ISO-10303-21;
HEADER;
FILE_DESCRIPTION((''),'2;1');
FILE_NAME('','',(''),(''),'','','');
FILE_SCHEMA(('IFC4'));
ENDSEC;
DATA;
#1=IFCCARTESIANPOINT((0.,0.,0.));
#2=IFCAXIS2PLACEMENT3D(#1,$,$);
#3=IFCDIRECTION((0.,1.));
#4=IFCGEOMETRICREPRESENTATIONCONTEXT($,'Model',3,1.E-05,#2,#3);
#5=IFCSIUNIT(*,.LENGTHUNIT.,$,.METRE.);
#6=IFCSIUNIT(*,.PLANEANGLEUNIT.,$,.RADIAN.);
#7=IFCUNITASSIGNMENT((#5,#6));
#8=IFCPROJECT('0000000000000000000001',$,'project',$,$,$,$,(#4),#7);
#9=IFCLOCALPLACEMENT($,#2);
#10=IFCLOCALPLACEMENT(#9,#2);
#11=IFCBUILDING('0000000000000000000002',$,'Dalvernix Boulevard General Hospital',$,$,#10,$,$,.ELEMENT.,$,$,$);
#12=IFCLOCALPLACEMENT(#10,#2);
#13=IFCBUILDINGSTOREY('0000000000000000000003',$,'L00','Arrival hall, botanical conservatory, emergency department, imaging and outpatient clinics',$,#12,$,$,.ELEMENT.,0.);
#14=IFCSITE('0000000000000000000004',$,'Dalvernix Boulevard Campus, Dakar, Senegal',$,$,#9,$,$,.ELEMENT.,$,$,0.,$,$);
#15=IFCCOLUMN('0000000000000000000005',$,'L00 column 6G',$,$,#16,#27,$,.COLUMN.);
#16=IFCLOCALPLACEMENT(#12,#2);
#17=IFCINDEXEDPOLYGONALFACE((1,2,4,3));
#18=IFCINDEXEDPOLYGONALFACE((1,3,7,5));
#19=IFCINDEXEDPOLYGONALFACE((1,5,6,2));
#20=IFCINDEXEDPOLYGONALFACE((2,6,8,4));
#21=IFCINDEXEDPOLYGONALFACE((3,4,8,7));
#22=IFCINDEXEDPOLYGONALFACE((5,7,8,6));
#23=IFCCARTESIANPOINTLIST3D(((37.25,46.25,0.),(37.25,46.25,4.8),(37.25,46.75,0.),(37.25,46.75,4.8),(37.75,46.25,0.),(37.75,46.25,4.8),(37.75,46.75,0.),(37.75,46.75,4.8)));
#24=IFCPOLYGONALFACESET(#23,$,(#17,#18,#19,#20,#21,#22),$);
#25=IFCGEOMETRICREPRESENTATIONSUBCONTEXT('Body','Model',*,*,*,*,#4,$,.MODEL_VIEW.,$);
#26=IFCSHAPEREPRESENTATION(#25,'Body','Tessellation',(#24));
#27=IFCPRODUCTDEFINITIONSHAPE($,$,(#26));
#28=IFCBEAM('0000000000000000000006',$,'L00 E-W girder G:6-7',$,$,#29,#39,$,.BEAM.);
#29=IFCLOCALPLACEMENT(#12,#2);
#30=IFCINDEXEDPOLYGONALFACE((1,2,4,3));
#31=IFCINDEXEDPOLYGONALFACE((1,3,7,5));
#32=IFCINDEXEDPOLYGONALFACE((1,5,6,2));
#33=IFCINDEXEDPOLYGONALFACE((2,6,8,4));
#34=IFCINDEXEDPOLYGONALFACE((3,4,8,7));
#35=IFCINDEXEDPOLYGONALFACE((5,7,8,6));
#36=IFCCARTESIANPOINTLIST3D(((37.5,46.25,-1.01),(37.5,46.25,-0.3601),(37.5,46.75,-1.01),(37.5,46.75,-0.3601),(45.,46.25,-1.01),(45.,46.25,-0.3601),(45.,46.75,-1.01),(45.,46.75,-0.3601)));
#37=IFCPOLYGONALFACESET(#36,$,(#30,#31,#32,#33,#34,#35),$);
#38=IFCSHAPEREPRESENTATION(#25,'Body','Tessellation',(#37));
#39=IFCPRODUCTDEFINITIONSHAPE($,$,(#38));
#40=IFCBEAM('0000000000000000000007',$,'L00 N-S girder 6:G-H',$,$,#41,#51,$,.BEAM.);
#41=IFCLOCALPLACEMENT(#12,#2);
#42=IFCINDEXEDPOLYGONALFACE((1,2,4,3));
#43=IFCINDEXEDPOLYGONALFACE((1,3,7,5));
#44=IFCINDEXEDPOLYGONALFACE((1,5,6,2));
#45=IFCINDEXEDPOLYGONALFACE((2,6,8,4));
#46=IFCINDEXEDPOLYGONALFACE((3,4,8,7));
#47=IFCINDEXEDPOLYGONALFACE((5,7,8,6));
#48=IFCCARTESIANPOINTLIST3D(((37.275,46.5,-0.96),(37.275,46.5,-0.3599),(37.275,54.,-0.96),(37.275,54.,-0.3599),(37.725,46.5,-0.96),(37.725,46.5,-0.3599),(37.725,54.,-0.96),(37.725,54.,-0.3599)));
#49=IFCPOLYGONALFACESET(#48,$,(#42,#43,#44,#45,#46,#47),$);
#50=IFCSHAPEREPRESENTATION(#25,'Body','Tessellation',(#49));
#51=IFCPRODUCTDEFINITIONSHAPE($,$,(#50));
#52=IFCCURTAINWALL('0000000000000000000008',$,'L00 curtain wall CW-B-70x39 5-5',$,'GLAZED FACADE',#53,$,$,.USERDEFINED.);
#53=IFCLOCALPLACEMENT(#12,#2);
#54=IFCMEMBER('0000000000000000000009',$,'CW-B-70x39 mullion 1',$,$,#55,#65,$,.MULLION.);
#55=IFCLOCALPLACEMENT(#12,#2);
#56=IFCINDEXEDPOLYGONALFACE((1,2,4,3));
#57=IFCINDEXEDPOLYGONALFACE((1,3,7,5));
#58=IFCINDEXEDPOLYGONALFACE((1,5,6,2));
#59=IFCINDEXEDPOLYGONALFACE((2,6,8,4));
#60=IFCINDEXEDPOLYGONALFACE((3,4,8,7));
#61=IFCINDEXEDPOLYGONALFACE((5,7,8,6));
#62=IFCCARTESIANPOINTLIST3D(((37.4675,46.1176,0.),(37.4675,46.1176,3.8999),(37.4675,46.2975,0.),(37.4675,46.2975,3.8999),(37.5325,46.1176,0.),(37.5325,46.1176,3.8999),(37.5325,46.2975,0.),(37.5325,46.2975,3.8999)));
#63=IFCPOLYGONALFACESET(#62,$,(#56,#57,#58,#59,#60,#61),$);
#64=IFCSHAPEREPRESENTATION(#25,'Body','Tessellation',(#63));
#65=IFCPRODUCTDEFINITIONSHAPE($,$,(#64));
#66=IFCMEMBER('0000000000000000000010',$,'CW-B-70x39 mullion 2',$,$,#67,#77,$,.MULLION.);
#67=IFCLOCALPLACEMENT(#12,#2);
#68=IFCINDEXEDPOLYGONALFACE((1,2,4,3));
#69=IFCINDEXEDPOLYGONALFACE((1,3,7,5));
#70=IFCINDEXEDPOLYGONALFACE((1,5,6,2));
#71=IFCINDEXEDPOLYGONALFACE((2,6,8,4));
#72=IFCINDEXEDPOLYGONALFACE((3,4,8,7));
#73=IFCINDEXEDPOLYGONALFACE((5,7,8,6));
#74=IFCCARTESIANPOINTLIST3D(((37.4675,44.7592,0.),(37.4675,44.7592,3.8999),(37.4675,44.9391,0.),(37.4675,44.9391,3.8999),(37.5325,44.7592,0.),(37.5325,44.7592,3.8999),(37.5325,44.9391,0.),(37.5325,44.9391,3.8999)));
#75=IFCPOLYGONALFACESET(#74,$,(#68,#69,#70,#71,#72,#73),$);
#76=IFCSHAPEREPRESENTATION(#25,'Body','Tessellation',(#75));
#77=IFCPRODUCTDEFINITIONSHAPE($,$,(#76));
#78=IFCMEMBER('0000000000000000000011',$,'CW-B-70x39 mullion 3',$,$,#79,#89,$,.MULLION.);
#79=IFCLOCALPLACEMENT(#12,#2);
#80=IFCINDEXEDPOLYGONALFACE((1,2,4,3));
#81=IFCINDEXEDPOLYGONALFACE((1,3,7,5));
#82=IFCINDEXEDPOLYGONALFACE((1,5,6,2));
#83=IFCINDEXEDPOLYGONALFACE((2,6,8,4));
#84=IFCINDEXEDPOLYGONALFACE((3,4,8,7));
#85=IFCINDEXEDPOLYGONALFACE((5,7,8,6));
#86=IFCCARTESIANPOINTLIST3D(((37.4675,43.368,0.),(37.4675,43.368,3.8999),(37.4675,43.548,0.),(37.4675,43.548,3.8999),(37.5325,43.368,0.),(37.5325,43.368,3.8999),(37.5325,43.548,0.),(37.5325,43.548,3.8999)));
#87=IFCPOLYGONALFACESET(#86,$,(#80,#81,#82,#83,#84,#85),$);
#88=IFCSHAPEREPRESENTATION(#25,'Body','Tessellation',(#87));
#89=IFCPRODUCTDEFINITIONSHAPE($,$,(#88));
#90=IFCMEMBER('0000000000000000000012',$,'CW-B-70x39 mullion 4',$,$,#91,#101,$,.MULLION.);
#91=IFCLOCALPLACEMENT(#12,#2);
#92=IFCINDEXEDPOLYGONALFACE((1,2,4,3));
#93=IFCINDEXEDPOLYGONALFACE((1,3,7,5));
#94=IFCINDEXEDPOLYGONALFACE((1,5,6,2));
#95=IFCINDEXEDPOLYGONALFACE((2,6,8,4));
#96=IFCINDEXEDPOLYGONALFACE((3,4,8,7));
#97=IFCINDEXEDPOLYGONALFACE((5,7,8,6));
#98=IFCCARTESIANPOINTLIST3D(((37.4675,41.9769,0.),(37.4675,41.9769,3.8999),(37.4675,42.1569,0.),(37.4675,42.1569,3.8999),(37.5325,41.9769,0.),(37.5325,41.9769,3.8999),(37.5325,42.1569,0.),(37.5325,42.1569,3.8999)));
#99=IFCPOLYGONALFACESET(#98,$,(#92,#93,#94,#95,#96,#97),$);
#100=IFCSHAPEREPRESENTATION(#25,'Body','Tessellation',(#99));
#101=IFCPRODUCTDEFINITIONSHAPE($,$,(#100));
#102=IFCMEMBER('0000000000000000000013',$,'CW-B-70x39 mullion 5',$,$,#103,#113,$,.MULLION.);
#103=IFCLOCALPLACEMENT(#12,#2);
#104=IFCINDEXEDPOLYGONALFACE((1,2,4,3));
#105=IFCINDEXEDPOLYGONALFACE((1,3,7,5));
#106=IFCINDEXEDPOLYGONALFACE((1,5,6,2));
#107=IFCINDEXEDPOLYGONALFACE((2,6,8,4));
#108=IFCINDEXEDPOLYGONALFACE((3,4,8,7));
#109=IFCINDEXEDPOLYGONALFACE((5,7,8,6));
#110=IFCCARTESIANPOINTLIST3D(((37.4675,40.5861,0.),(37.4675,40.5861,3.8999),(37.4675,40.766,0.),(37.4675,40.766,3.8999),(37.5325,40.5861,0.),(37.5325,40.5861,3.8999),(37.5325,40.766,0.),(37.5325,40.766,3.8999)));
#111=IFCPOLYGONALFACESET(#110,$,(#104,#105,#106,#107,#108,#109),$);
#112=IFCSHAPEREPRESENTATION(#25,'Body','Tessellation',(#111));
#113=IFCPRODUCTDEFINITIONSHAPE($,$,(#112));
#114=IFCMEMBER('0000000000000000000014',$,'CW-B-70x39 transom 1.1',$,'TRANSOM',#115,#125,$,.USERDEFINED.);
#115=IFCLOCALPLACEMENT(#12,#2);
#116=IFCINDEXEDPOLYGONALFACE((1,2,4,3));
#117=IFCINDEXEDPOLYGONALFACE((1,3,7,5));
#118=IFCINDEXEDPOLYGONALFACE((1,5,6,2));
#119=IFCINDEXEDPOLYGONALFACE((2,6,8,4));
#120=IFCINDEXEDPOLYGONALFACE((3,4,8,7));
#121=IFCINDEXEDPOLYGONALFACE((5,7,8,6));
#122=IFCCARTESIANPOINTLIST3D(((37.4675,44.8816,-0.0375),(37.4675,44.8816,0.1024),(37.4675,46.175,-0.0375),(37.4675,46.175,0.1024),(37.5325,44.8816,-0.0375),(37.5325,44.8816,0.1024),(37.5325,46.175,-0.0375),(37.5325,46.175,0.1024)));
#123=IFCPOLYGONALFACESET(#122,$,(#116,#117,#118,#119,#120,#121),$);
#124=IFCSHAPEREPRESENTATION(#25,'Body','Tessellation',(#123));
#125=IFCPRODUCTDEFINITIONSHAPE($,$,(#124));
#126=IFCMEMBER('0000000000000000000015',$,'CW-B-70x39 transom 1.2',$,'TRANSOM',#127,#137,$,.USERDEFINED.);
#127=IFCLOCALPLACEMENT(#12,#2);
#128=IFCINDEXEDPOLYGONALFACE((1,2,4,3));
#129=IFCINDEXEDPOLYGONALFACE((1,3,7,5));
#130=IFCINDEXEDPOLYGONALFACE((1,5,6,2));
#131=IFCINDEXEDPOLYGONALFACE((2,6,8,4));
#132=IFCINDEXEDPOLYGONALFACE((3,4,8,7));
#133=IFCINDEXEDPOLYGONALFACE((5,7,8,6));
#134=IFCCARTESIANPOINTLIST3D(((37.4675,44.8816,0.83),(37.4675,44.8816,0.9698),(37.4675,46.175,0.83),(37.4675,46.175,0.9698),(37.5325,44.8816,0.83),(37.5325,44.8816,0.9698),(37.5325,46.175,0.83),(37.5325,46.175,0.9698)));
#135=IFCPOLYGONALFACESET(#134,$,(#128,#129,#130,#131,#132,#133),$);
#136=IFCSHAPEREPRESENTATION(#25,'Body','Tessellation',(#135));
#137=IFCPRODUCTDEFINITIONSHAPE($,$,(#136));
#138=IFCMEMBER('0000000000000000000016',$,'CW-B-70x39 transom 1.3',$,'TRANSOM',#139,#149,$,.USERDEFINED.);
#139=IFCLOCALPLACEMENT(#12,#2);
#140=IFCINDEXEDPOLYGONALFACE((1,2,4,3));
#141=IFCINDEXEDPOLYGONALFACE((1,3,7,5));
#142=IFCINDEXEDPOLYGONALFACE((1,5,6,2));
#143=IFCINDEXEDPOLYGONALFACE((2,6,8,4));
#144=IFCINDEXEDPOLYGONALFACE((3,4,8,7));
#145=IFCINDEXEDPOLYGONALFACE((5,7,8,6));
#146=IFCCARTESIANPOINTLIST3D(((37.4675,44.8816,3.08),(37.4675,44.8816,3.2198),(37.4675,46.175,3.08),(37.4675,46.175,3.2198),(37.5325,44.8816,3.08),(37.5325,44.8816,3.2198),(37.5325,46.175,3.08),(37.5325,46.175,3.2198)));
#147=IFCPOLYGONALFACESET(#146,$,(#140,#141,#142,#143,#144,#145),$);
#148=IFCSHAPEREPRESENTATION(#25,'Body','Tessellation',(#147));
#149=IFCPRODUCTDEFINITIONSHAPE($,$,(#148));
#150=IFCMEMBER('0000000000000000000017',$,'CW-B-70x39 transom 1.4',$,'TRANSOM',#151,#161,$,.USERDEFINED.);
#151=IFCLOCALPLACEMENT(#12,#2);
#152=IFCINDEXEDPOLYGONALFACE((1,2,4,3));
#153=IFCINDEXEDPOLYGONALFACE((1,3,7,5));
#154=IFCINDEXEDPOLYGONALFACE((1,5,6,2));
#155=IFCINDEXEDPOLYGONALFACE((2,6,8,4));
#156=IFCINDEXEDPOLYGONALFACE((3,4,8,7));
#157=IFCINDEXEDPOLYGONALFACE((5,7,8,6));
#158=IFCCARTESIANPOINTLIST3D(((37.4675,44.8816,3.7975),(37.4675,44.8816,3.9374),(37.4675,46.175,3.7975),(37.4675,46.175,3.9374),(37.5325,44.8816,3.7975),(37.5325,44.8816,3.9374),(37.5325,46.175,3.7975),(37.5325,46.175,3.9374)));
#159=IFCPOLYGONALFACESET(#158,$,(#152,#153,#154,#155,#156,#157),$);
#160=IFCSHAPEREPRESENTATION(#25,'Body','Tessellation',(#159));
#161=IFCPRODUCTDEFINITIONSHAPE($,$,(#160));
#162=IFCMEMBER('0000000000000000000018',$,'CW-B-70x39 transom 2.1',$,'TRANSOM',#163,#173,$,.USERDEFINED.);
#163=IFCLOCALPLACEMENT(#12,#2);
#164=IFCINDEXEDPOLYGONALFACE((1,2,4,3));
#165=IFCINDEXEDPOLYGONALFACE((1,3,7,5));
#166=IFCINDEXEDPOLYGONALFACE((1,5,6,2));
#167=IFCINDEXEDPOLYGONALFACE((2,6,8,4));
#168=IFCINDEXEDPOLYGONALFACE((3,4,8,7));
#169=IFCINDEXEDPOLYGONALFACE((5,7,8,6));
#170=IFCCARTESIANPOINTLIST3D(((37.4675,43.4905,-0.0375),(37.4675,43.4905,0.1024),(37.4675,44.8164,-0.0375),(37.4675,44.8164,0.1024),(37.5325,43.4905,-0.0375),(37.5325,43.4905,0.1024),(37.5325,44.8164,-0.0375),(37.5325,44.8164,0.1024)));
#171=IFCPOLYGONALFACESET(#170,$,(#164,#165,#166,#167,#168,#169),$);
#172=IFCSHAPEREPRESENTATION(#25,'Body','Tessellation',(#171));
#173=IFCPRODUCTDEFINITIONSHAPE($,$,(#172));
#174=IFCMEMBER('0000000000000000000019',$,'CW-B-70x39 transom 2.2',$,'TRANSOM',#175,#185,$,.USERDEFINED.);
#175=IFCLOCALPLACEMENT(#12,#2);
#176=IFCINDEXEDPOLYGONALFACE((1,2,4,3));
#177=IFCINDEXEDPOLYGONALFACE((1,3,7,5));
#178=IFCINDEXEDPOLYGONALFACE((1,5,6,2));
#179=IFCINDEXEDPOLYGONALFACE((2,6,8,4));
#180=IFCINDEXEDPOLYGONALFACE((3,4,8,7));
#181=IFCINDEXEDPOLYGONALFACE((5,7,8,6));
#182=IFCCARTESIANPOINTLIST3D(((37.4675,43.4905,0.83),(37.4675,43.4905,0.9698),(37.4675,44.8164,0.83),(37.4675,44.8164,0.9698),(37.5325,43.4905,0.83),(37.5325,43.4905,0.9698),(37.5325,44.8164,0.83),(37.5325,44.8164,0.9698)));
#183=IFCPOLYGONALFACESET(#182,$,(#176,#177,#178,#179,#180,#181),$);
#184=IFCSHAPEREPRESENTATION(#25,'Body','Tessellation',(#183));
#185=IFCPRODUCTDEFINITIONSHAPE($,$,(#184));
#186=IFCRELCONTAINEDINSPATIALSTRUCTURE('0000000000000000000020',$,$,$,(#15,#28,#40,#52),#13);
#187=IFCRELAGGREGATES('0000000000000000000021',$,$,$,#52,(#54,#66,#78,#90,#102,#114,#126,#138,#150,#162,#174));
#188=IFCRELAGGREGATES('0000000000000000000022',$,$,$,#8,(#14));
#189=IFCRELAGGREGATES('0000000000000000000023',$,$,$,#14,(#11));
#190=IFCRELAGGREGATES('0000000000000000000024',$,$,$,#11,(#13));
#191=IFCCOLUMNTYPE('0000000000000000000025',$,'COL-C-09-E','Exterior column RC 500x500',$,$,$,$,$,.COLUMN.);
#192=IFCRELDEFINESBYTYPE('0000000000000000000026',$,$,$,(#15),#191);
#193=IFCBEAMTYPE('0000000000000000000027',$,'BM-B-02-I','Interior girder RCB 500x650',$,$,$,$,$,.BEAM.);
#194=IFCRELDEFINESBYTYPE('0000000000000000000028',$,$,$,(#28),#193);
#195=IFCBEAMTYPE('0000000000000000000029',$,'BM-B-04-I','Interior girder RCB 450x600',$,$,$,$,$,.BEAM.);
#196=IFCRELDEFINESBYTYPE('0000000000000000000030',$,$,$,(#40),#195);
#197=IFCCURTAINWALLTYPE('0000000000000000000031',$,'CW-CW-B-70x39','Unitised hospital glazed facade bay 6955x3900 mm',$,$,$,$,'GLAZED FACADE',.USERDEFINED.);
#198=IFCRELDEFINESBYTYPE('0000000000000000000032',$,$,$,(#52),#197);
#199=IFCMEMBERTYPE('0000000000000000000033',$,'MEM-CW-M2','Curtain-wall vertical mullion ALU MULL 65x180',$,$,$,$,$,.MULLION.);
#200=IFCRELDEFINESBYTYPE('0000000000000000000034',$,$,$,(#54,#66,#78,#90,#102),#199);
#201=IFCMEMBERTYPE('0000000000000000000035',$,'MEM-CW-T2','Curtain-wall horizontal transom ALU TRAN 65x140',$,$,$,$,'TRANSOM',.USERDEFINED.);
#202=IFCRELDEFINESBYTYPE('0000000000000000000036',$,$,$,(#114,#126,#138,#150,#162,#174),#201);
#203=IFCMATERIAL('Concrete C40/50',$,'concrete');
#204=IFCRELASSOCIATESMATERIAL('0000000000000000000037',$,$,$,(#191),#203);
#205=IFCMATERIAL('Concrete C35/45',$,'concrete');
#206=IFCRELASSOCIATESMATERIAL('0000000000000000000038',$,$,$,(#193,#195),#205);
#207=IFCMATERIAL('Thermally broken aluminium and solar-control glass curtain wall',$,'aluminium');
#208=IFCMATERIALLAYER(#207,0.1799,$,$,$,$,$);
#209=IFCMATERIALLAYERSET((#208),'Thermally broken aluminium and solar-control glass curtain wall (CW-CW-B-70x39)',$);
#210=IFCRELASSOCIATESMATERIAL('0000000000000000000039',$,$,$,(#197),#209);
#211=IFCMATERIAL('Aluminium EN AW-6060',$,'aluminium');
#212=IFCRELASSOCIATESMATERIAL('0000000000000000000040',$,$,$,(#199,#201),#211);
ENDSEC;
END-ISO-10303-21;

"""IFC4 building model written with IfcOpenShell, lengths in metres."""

from ifc_helpers import new_model, si_unit, direction, frame, origin, origin_2d, place, context, subcontext, project, spatial, rectangle, extrude, material, layer, layer_set, material_profile, profile_set, type_object, element, aggregate, save


model = new_model("IFC4")

# Units and contexts
model_context = context("Model", 3, precision=1e-05, world=origin(), true_north=direction((0.0, 1.0)))
body_context = subcontext(model_context, "Body", "Model", "MODEL_VIEW")
ifc_project = project(units=[si_unit("LENGTHUNIT", "METRE"), si_unit("PLANEANGLEUNIT", "RADIAN")], contexts=[model_context])

# Site, building, storey
site_placement = place(None, origin())
site = spatial("IfcSite", under=ifc_project, at=site_placement, Name="Dalvernix Boulevard Campus, Dakar, Senegal", CompositionType="ELEMENT", RefElevation=0.0)
building_placement = place(site_placement, origin())
building = spatial("IfcBuilding", under=site, at=building_placement, Name="Dalvernix Boulevard General Hospital", CompositionType="ELEMENT")
storey_placement = place(building_placement, origin())
storey = spatial("IfcBuildingStorey", under=building, at=storey_placement, Name="L00", Description="Arrival hall, botanical conservatory, emergency department, imaging and outpatient clinics", CompositionType="ELEMENT", Elevation=0.0)

# Column
ifc_material_1 = material(Name="Concrete C40/50", Category="concrete")
ifc_material_profile_1 = material_profile(ifc_material_1, rectangle(XDim=0.5, YDim=0.5, at=origin_2d()), Name="RC 500x500")
ifc_profile_set_1 = profile_set([ifc_material_profile_1], Name="Concrete C40/50")
column_type = type_object("IfcColumnType", Name="COL-C-09-E", Description="Exterior column RC 500x500", PredefinedType="COLUMN", material=ifc_profile_set_1)
column_placement = place(storey_placement, frame((37.5, 46.5, 0.0), z_axis=(0.0, 0.0, 1.0), x_axis=(1.0, 0.0, 0.0)))
element("IfcColumn", 1, at=column_placement, inside=storey, type_object=column_type, Name="L00 column 6G", PredefinedType="COLUMN", context=body_context, shape_type="SweptSolid", body=[
    extrude(rectangle(XDim=0.5, YDim=0.5, at=origin_2d()), origin(), (0.0, 0.0, 1.0), 4.8),
])

# Beams
ifc_material_2 = material(Name="Concrete C35/45", Category="concrete")
ifc_material_profile_2 = material_profile(ifc_material_2, rectangle(XDim=0.5, YDim=0.6499, at=origin_2d()), Name="RCB 500x650")
ifc_profile_set_2 = profile_set([ifc_material_profile_2], Name="Concrete C35/45")
beam_type_1 = type_object("IfcBeamType", Name="BM-B-02-I", Description="Interior girder RCB 500x650", PredefinedType="BEAM", material=ifc_profile_set_2)
beam_1_placement = place(storey_placement, frame((37.5, 46.5, -0.6851), z_axis=(1.0, 0.0, 0.0), x_axis=(0.0, 1.0, 0.0)))
element("IfcBeam", 2, at=beam_1_placement, inside=storey, type_object=beam_type_1, Name="L00 E-W girder G:6-7", PredefinedType="BEAM", context=body_context, shape_type="SweptSolid", body=[
    extrude(rectangle(XDim=0.5, YDim=0.6499, at=origin_2d()), origin(), (0.0, 0.0, 1.0), 7.5),
])
ifc_material_profile_3 = material_profile(ifc_material_2, rectangle(XDim=0.45, YDim=0.6001, at=origin_2d()), Name="RCB 450x600")
ifc_profile_set_3 = profile_set([ifc_material_profile_3], Name="Concrete C35/45")
beam_type_2 = type_object("IfcBeamType", Name="BM-B-04-I", Description="Interior girder RCB 450x600", PredefinedType="BEAM", material=ifc_profile_set_3)
beam_2_placement = place(storey_placement, frame((37.5, 46.5, -0.6599), z_axis=(0.0, 1.0, 0.0), x_axis=(-1.0, 0.0, 0.0)))
element("IfcBeam", 3, at=beam_2_placement, inside=storey, type_object=beam_type_2, Name="L00 N-S girder 6:G-H", PredefinedType="BEAM", context=body_context, shape_type="SweptSolid", body=[
    extrude(rectangle(XDim=0.45, YDim=0.6001, at=origin_2d()), origin(), (0.0, 0.0, 1.0), 7.5),
])

# Curtain wall, members
ifc_material_3 = material(Name="Thermally broken aluminium and solar-control glass curtain wall", Category="aluminium")
ifc_layer_1 = layer(ifc_material_3, 0.1799)
ifc_layer_set_1 = layer_set([ifc_layer_1], Name="Thermally broken aluminium and solar-control glass curtain wall (CW-CW-B-70x39)")
curtain_wall_type = type_object("IfcCurtainWallType", Name="CW-CW-B-70x39", Description="Unitised hospital glazed facade bay 6955x3900 mm", ElementType="GLAZED FACADE", PredefinedType="USERDEFINED", material=ifc_layer_set_1)
curtain_wall_placement = place(storey_placement, origin())
curtain_wall = element("IfcCurtainWall", 4, at=curtain_wall_placement, inside=storey, type_object=curtain_wall_type, Name="L00 curtain wall CW-B-70x39 5-5", ObjectType="GLAZED FACADE", PredefinedType="USERDEFINED")
ifc_material_4 = material(Name="Aluminium EN AW-6060", Category="aluminium")
ifc_material_profile_4 = material_profile(ifc_material_4, rectangle(XDim=0.0649, YDim=0.1799, at=origin_2d()), Name="ALU MULL 65x180")
ifc_profile_set_4 = profile_set([ifc_material_profile_4], Name="Aluminium EN AW-6060")
member_type_1 = type_object("IfcMemberType", Name="MEM-CW-M2", Description="Curtain-wall vertical mullion ALU MULL 65x180", PredefinedType="MULLION", material=ifc_profile_set_4)
member_1_placement = place(storey_placement, frame((37.5, 46.2075, 0.0), z_axis=(0.0, 0.0, 1.0), x_axis=(1.0, 0.0, 0.0)))
member_1 = element("IfcMember", 5, at=member_1_placement, type_object=member_type_1, Name="CW-B-70x39 mullion 1", PredefinedType="MULLION", context=body_context, shape_type="SweptSolid", body=[
    extrude(rectangle(XDim=0.0649, YDim=0.1799, at=origin_2d()), origin(), (0.0, 0.0, 1.0), 3.8999),
])
member_2_placement = place(storey_placement, frame((37.5, 44.8491, 0.0), z_axis=(0.0, 0.0, 1.0), x_axis=(1.0, 0.0, 0.0)))
member_2 = element("IfcMember", 6, at=member_2_placement, type_object=member_type_1, Name="CW-B-70x39 mullion 2", PredefinedType="MULLION", context=body_context, shape_type="SweptSolid", body=[
    extrude(rectangle(XDim=0.0649, YDim=0.1799, at=origin_2d()), origin(), (0.0, 0.0, 1.0), 3.8999),
])
member_3_placement = place(storey_placement, frame((37.5, 43.458, 0.0), z_axis=(0.0, 0.0, 1.0), x_axis=(1.0, 0.0, 0.0)))
member_3 = element("IfcMember", 7, at=member_3_placement, type_object=member_type_1, Name="CW-B-70x39 mullion 3", PredefinedType="MULLION", context=body_context, shape_type="SweptSolid", body=[
    extrude(rectangle(XDim=0.0649, YDim=0.1799, at=origin_2d()), origin(), (0.0, 0.0, 1.0), 3.8999),
])
member_4_placement = place(storey_placement, frame((37.5, 42.0669, 0.0), z_axis=(0.0, 0.0, 1.0), x_axis=(1.0, 0.0, 0.0)))
member_4 = element("IfcMember", 8, at=member_4_placement, type_object=member_type_1, Name="CW-B-70x39 mullion 4", PredefinedType="MULLION", context=body_context, shape_type="SweptSolid", body=[
    extrude(rectangle(XDim=0.0649, YDim=0.1799, at=origin_2d()), origin(), (0.0, 0.0, 1.0), 3.8999),
])
member_5_placement = place(storey_placement, frame((37.5, 40.676, 0.0), z_axis=(0.0, 0.0, 1.0), x_axis=(1.0, 0.0, 0.0)))
member_5 = element("IfcMember", 9, at=member_5_placement, type_object=member_type_1, Name="CW-B-70x39 mullion 5", PredefinedType="MULLION", context=body_context, shape_type="SweptSolid", body=[
    extrude(rectangle(XDim=0.0649, YDim=0.1799, at=origin_2d()), origin(), (0.0, 0.0, 1.0), 3.8999),
])
ifc_material_profile_5 = material_profile(ifc_material_4, rectangle(XDim=0.0649, YDim=0.1399, at=origin_2d()), Name="ALU TRAN 65x140")
ifc_profile_set_5 = profile_set([ifc_material_profile_5], Name="Aluminium EN AW-6060")
member_type_2 = type_object("IfcMemberType", Name="MEM-CW-T2", Description="Curtain-wall horizontal transom ALU TRAN 65x140", ElementType="TRANSOM", PredefinedType="USERDEFINED", material=ifc_profile_set_5)
member_6_placement = place(storey_placement, frame((37.5, 46.175, 0.0325), z_axis=(0.0, -1.0, 0.0), x_axis=(1.0, 0.0, 0.0)))
member_6 = element("IfcMember", 10, at=member_6_placement, type_object=member_type_2, Name="CW-B-70x39 transom 1.1", ObjectType="TRANSOM", PredefinedType="USERDEFINED", context=body_context, shape_type="SweptSolid", body=[
    extrude(rectangle(XDim=0.0649, YDim=0.1399, at=origin_2d()), origin(), (0.0, 0.0, 1.0), 1.2935),
])
member_7_placement = place(storey_placement, frame((37.5, 46.175, 0.8999), z_axis=(0.0, -1.0, 0.0), x_axis=(1.0, 0.0, 0.0)))
member_7 = element("IfcMember", 11, at=member_7_placement, type_object=member_type_2, Name="CW-B-70x39 transom 1.2", ObjectType="TRANSOM", PredefinedType="USERDEFINED", context=body_context, shape_type="SweptSolid", body=[
    extrude(rectangle(XDim=0.0649, YDim=0.1399, at=origin_2d()), origin(), (0.0, 0.0, 1.0), 1.2935),
])
member_8_placement = place(storey_placement, frame((37.5, 46.175, 3.1499), z_axis=(0.0, -1.0, 0.0), x_axis=(1.0, 0.0, 0.0)))
member_8 = element("IfcMember", 12, at=member_8_placement, type_object=member_type_2, Name="CW-B-70x39 transom 1.3", ObjectType="TRANSOM", PredefinedType="USERDEFINED", context=body_context, shape_type="SweptSolid", body=[
    extrude(rectangle(XDim=0.0649, YDim=0.1399, at=origin_2d()), origin(), (0.0, 0.0, 1.0), 1.2935),
])
member_9_placement = place(storey_placement, frame((37.5, 46.175, 3.8674), z_axis=(0.0, -1.0, 0.0), x_axis=(1.0, 0.0, 0.0)))
member_9 = element("IfcMember", 13, at=member_9_placement, type_object=member_type_2, Name="CW-B-70x39 transom 1.4", ObjectType="TRANSOM", PredefinedType="USERDEFINED", context=body_context, shape_type="SweptSolid", body=[
    extrude(rectangle(XDim=0.0649, YDim=0.1399, at=origin_2d()), origin(), (0.0, 0.0, 1.0), 1.2935),
])
member_10_placement = place(storey_placement, frame((37.5, 44.8164, 0.0325), z_axis=(0.0, -1.0, 0.0), x_axis=(1.0, 0.0, 0.0)))
member_10 = element("IfcMember", 14, at=member_10_placement, type_object=member_type_2, Name="CW-B-70x39 transom 2.1", ObjectType="TRANSOM", PredefinedType="USERDEFINED", context=body_context, shape_type="SweptSolid", body=[
    extrude(rectangle(XDim=0.0649, YDim=0.1399, at=origin_2d()), origin(), (0.0, 0.0, 1.0), 1.3259),
])
member_11_placement = place(storey_placement, frame((37.5, 44.8164, 0.8999), z_axis=(0.0, -1.0, 0.0), x_axis=(1.0, 0.0, 0.0)))
member_11 = element("IfcMember", 15, at=member_11_placement, type_object=member_type_2, Name="CW-B-70x39 transom 2.2", ObjectType="TRANSOM", PredefinedType="USERDEFINED", context=body_context, shape_type="SweptSolid", body=[
    extrude(rectangle(XDim=0.0649, YDim=0.1399, at=origin_2d()), origin(), (0.0, 0.0, 1.0), 1.3259),
])
aggregate(curtain_wall, [member_1, member_2, member_3, member_4, member_5, member_6, member_7, member_8, member_9, member_10, member_11])

save(model, "model.ifc")
